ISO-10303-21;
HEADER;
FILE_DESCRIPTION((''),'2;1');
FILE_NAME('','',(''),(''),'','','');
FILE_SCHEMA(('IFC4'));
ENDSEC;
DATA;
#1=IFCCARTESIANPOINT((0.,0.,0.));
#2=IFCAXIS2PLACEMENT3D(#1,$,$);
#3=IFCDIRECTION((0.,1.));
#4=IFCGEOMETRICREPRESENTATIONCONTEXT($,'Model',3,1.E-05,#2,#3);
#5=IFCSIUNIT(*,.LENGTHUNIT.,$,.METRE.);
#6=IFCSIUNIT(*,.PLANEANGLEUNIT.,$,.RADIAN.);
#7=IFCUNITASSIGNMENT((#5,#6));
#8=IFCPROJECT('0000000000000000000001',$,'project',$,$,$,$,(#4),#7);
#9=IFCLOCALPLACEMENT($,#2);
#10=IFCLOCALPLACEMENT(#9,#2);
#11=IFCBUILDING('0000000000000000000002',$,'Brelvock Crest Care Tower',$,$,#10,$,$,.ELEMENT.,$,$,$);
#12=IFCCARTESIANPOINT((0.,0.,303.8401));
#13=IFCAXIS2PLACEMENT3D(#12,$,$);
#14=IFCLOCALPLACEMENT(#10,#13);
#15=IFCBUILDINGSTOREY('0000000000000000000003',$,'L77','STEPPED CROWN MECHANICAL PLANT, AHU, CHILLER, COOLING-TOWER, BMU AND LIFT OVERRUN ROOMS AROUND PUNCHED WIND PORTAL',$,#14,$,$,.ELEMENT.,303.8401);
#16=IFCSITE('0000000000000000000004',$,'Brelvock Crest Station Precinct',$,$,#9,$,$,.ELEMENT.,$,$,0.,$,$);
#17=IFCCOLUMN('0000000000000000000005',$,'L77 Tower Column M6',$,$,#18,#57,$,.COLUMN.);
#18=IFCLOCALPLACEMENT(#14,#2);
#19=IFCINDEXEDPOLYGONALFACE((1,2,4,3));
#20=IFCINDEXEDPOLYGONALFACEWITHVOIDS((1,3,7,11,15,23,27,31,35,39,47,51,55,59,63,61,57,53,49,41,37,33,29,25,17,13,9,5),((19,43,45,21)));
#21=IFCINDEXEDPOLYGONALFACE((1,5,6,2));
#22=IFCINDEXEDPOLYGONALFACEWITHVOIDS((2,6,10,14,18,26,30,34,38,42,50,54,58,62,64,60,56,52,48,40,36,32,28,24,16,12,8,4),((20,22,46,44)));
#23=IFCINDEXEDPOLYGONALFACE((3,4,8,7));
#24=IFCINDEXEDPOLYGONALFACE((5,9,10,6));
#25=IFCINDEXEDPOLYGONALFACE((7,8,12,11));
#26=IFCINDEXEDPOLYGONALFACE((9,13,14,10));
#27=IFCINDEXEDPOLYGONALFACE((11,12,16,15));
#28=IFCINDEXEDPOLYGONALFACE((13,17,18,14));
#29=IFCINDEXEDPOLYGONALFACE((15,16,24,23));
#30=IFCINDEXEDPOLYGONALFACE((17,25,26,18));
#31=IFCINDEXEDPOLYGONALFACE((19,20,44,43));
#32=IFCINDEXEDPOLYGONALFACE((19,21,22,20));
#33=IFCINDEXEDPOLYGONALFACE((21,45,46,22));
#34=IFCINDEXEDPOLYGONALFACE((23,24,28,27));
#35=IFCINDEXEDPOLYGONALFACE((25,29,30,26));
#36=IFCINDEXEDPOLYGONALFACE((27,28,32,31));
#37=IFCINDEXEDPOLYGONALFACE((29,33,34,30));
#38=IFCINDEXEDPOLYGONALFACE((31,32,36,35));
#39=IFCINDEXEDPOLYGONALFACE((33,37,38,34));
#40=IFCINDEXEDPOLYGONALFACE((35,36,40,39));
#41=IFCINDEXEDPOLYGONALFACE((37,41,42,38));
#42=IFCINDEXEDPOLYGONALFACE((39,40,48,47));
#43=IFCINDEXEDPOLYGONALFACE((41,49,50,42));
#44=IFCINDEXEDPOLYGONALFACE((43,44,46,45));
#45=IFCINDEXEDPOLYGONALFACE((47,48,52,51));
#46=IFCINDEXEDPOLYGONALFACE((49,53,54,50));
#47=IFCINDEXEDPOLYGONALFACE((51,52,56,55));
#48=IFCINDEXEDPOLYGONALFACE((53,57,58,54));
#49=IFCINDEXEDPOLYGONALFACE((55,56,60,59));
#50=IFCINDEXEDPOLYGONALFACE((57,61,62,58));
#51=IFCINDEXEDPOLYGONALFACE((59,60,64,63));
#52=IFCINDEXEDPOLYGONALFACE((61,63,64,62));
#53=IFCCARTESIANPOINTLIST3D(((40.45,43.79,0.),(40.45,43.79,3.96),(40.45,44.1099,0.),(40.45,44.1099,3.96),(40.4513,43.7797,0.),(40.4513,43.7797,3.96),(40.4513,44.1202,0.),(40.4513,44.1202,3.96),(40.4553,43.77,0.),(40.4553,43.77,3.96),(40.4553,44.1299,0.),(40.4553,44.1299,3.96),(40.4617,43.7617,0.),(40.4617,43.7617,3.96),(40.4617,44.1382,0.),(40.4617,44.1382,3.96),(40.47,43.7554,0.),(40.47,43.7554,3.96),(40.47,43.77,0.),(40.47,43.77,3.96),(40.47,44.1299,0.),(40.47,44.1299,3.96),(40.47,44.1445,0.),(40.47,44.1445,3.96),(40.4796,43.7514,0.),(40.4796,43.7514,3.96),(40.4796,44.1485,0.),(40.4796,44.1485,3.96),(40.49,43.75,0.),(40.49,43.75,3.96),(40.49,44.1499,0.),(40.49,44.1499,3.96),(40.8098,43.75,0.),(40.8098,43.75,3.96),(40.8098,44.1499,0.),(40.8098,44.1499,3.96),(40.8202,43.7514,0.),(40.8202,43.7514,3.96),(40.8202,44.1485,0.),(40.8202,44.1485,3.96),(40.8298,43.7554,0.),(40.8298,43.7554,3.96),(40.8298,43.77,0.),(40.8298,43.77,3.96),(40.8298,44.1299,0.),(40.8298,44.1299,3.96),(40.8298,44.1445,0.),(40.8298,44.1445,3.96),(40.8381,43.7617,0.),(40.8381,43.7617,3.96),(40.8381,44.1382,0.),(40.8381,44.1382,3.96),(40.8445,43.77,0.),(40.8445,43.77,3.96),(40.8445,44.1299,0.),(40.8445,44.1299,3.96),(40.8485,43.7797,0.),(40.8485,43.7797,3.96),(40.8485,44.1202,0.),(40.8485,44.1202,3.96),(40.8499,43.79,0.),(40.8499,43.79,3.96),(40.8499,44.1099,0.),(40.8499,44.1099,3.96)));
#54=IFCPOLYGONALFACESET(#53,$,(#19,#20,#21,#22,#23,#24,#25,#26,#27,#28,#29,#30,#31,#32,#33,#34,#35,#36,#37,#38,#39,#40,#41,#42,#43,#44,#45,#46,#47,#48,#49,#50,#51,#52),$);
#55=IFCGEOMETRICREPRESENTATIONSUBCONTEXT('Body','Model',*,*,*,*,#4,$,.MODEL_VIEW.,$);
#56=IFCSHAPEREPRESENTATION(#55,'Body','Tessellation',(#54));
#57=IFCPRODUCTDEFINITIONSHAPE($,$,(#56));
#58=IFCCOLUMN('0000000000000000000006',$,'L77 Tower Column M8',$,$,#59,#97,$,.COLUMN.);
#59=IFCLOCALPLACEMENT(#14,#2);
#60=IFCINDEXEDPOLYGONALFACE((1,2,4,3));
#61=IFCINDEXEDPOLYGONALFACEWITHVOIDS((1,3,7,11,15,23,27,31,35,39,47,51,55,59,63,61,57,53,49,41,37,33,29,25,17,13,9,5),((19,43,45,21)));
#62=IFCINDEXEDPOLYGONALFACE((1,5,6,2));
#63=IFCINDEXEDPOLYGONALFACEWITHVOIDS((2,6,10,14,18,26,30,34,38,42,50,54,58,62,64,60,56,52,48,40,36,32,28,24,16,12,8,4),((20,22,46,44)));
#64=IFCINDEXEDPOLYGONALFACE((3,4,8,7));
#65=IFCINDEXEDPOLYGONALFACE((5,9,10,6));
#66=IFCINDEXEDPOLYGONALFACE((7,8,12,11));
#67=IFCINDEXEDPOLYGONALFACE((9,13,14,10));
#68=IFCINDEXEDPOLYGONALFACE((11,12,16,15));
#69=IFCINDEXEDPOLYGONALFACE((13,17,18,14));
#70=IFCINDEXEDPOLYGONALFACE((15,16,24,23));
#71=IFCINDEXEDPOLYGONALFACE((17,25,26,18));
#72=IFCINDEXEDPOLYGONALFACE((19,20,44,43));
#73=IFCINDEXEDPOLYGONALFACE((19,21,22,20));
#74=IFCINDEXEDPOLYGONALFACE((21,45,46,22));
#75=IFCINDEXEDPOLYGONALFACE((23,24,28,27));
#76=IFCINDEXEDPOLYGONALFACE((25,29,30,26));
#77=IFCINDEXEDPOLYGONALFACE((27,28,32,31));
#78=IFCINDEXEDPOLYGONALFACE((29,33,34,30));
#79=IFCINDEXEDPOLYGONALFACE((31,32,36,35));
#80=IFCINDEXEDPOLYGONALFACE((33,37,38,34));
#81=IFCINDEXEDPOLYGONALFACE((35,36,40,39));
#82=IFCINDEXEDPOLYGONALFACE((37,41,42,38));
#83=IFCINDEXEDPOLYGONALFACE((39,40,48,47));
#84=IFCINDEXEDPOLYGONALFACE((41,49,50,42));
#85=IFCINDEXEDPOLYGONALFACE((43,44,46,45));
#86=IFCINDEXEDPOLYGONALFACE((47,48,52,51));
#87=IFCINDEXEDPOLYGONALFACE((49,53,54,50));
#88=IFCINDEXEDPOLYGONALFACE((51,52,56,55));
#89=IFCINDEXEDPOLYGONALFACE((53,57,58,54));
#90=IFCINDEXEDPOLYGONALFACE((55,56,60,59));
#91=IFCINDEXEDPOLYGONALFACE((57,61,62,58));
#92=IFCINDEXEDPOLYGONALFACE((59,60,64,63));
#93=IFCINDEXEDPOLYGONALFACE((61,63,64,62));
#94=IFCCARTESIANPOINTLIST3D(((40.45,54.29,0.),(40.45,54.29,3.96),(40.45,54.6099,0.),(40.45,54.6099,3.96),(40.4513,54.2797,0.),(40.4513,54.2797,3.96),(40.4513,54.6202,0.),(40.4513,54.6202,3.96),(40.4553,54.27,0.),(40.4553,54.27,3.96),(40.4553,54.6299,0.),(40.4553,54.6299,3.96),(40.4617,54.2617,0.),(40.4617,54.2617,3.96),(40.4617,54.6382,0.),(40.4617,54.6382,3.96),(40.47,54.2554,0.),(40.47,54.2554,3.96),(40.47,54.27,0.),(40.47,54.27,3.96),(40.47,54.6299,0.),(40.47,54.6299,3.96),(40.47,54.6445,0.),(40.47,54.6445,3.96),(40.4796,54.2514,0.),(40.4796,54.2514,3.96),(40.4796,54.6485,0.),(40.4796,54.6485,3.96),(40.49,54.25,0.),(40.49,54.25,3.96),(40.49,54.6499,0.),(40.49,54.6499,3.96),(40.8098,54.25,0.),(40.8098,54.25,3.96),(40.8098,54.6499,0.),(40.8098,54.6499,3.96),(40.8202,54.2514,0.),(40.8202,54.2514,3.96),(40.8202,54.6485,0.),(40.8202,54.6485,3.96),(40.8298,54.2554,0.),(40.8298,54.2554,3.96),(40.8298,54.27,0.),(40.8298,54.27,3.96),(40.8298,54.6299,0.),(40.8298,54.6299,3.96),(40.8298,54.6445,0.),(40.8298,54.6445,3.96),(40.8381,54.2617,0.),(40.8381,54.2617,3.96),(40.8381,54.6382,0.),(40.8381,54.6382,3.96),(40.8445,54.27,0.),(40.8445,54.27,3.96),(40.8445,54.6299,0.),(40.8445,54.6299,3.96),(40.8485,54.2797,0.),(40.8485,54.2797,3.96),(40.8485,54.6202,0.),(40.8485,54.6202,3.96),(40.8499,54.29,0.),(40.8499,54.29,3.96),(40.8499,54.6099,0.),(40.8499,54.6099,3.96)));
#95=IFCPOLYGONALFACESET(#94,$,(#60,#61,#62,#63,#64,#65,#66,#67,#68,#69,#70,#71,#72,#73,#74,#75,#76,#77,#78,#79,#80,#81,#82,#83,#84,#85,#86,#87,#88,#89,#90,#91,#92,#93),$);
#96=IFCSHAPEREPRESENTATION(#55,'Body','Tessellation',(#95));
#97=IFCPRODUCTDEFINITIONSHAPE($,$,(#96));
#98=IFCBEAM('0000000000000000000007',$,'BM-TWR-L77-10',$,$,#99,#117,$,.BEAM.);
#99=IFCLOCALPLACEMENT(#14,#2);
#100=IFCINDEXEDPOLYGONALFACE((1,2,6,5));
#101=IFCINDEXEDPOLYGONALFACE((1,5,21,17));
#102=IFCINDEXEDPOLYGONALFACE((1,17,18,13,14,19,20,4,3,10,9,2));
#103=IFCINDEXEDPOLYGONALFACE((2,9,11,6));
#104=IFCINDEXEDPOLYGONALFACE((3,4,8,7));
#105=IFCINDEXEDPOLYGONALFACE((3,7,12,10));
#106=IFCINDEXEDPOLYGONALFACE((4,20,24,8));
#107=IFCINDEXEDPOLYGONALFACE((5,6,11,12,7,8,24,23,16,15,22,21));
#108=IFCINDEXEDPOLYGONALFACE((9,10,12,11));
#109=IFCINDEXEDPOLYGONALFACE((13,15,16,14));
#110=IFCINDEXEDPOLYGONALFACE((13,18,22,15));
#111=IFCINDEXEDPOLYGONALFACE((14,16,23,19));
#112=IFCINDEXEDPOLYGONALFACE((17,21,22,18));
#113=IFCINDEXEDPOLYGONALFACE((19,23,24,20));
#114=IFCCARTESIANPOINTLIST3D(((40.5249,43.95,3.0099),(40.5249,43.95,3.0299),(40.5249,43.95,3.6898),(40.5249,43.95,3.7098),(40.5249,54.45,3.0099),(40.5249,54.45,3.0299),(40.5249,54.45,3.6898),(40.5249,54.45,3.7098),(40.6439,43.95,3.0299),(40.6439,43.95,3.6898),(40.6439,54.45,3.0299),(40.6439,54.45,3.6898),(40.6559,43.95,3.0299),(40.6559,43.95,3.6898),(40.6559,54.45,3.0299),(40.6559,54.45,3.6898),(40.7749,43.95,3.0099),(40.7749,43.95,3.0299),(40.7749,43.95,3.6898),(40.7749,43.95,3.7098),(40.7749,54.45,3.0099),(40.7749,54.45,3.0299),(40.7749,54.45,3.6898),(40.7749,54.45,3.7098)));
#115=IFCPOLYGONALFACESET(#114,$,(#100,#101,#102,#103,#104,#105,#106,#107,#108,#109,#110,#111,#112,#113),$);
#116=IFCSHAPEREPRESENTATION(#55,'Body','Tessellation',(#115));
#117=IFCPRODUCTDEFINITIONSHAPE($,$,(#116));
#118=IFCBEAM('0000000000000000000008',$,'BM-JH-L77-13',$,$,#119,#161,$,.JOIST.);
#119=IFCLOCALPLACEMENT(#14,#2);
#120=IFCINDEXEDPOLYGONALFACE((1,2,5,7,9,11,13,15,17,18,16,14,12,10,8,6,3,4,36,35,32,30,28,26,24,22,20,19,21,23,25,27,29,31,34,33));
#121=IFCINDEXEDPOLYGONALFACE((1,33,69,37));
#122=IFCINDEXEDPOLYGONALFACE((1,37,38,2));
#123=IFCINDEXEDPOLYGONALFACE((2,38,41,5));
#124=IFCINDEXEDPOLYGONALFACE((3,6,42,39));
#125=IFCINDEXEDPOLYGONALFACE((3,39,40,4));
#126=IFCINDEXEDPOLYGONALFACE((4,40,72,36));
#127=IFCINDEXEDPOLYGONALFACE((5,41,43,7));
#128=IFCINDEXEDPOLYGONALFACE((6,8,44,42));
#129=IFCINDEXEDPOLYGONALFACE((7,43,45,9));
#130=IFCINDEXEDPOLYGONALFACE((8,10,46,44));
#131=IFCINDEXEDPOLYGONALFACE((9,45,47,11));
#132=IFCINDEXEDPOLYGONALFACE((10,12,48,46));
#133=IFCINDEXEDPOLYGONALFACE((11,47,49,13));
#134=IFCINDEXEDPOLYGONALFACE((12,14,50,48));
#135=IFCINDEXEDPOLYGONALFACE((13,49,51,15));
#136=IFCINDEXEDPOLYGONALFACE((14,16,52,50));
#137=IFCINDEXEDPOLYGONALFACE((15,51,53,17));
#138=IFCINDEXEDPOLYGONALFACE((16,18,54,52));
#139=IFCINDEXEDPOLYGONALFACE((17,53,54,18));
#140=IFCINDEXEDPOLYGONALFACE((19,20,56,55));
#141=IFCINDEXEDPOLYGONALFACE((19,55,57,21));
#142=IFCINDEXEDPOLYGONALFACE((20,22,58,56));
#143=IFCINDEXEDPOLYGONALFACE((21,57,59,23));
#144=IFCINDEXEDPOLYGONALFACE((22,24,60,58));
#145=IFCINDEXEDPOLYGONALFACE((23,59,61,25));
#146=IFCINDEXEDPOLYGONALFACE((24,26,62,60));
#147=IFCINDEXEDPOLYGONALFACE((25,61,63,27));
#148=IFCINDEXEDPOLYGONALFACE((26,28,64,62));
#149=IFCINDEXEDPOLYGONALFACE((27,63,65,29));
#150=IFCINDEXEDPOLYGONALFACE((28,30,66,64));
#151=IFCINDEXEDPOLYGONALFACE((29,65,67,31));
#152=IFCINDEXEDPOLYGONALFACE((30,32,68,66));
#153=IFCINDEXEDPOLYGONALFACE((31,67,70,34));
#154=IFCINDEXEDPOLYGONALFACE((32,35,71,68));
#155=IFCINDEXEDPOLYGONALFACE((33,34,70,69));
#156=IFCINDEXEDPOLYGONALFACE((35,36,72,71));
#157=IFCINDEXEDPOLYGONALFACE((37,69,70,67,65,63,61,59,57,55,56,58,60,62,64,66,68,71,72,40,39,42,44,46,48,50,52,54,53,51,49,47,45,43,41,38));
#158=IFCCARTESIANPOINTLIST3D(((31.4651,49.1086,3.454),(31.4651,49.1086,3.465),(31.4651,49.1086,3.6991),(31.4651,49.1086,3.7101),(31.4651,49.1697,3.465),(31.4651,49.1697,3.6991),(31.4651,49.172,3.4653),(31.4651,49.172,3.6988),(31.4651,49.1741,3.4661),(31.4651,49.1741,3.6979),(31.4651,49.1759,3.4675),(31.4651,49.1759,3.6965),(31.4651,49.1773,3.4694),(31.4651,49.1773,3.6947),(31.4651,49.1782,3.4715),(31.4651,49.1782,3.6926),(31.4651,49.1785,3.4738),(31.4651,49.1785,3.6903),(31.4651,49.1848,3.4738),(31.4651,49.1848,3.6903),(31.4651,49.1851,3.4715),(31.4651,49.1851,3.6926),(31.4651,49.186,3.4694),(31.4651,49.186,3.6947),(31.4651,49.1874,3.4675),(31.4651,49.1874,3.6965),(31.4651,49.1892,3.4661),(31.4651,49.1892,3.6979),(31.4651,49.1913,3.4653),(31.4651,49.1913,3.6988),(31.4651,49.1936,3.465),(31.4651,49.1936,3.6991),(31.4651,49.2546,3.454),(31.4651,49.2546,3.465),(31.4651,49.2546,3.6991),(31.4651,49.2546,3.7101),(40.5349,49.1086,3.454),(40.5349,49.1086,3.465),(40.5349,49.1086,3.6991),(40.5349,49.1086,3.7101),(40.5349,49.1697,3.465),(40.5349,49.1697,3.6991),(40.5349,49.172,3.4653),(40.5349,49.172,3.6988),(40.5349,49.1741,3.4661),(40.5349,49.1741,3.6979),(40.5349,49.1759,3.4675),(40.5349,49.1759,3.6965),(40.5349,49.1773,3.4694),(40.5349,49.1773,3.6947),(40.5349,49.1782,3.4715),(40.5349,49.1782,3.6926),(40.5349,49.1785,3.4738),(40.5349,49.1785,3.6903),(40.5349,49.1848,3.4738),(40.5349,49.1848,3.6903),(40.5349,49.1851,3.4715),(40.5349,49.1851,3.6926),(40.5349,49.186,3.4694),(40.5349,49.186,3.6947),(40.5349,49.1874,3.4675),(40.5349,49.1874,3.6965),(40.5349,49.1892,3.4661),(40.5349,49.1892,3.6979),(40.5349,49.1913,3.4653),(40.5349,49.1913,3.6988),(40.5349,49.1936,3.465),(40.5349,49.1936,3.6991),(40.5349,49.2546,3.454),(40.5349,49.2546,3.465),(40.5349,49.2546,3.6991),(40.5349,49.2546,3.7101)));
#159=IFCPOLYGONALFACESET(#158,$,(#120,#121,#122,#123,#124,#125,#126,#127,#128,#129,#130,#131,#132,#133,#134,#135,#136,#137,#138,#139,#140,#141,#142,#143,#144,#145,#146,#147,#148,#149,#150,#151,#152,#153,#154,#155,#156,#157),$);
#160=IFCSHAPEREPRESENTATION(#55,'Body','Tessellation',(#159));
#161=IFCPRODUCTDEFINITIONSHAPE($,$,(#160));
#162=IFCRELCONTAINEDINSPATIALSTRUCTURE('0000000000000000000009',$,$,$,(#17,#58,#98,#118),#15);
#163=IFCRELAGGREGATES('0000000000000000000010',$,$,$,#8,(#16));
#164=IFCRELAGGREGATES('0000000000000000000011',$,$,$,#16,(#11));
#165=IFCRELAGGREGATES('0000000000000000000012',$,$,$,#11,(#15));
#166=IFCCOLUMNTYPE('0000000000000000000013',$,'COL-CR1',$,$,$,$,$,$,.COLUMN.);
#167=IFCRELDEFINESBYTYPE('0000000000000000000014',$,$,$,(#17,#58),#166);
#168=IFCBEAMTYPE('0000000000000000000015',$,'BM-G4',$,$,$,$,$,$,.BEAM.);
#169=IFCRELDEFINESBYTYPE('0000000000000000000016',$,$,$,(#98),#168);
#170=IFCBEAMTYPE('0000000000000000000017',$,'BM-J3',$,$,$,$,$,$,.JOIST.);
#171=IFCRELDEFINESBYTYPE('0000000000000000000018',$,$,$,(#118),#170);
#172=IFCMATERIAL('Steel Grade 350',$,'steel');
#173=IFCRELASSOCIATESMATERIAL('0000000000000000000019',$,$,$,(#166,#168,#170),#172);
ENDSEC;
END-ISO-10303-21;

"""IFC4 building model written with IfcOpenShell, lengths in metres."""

from ifc_helpers import new_model, si_unit, direction, frame, origin, origin_2d, place, context, subcontext, project, spatial, hollow_rectangle, i_section, extrude, source, transform, mapped, material, material_profile, profile_set, type_object, element, save


model = new_model("IFC4")

# Units and contexts
model_context = context("Model", 3, precision=1e-05, world=origin(), true_north=direction((0.0, 1.0)))
body_context = subcontext(model_context, "Body", "Model", "MODEL_VIEW")
ifc_project = project(units=[si_unit("LENGTHUNIT", "METRE"), si_unit("PLANEANGLEUNIT", "RADIAN")], contexts=[model_context])

# Site, building, storey
site_placement = place(None, origin())
site = spatial("IfcSite", under=ifc_project, at=site_placement, Name="Brelvock Crest Station Precinct", CompositionType="ELEMENT", RefElevation=0.0)
building_placement = place(site_placement, origin())
building = spatial("IfcBuilding", under=site, at=building_placement, Name="Brelvock Crest Care Tower", CompositionType="ELEMENT")
storey_placement = place(building_placement, frame((0.0, 0.0, 303.8401)))
storey = spatial("IfcBuildingStorey", under=building, at=storey_placement, Name="L77", Description="STEPPED CROWN MECHANICAL PLANT, AHU, CHILLER, COOLING-TOWER, BMU AND LIFT OVERRUN ROOMS AROUND PUNCHED WIND PORTAL", CompositionType="ELEMENT", Elevation=303.8401)

# Columns
ifc_material_1 = material(Name="Steel Grade 350", Category="steel")
ifc_material_profile_1 = material_profile(ifc_material_1, hollow_rectangle(XDim=0.3999, YDim=0.3999, WallThickness=0.02, OuterFilletRadius=0.04, at=origin_2d()), Name="SHS400x400x20.0")
ifc_profile_set_1 = profile_set([ifc_material_profile_1], Name="Steel Grade 350")
column_type = type_object("IfcColumnType", Name="COL-CR1", PredefinedType="COLUMN", material=ifc_profile_set_1)
shared_shape_1 = source(origin(), body_context, "Body", "SweptSolid", [
    extrude(hollow_rectangle(XDim=0.3999, YDim=0.3999, WallThickness=0.02, OuterFilletRadius=0.04, at=origin_2d()), origin(), (0.0, 0.0, 1.0), 3.96),
])
for number, where, z_axis, x_axis, name in (
    (1, (40.6499, 43.95, 0.0), (0.0, 0.0, 1.0), (1.0, 0.0, 0.0), "L77 Tower Column M6"),
    (2, (40.6499, 54.45, 0.0), (0.0, 0.0, 1.0), (1.0, 0.0, 0.0), "L77 Tower Column M8"),
):
    element("IfcColumn", number, at=place(storey_placement, frame(where, z_axis=z_axis, x_axis=x_axis)), inside=storey, type_object=column_type, Name=name, PredefinedType="COLUMN", context=body_context, shape_type="MappedRepresentation", body=[
        mapped(shared_shape_1, transform((0.0, 0.0, 0.0), x_axis=(1.0, 0.0, 0.0), y_axis=(0.0, 1.0, 0.0), z_axis=(0.0, 0.0, 1.0), scale=1.0)),
    ])

# Beams
ifc_material_profile_2 = material_profile(ifc_material_1, i_section(OverallWidth=0.25, OverallDepth=0.7, WebThickness=0.012, FlangeThickness=0.02, at=origin_2d()), Name="700WB150")
ifc_profile_set_2 = profile_set([ifc_material_profile_2], Name="Steel Grade 350")
beam_type_1 = type_object("IfcBeamType", Name="BM-G4", PredefinedType="BEAM", material=ifc_profile_set_2)
shared_shape_2 = source(origin(), body_context, "Body", "SweptSolid", [
    extrude(i_section(OverallWidth=0.25, OverallDepth=0.7, WebThickness=0.012, FlangeThickness=0.02, at=origin_2d()), origin(), (0.0, 0.0, 1.0), 10.5),
])
beam_placement = place(storey_placement, frame((40.6499, 43.95, 3.3599), z_axis=(0.0, 1.0, 0.0), x_axis=(-1.0, 0.0, 0.0)))
element("IfcBeam", 3, at=beam_placement, inside=storey, type_object=beam_type_1, Name="BM-TWR-L77-10", PredefinedType="BEAM", context=body_context, shape_type="MappedRepresentation", body=[
    mapped(shared_shape_2, transform((0.0, 0.0, 0.0), x_axis=(1.0, 0.0, 0.0), y_axis=(0.0, 1.0, 0.0), z_axis=(0.0, 0.0, 1.0), scale=1.0)),
])
ifc_material_profile_3 = material_profile(ifc_material_1, i_section(OverallWidth=0.146, OverallDepth=0.2561, WebThickness=0.0063, FlangeThickness=0.011, FilletRadius=0.0088, at=origin_2d()), Name="250UB37.3")
ifc_profile_set_3 = profile_set([ifc_material_profile_3], Name="Steel Grade 350")
beam_type_2 = type_object("IfcBeamType", Name="BM-J3", PredefinedType="JOIST", material=ifc_profile_set_3)
shared_shape_3 = source(origin(), body_context, "Body", "SweptSolid", [
    extrude(i_section(OverallWidth=0.146, OverallDepth=0.2561, WebThickness=0.0063, FlangeThickness=0.011, FilletRadius=0.0088, at=origin_2d()), origin(), (0.0, 0.0, 1.0), 9.0698),
])
for number, where, z_axis, x_axis, name in (
    (4, (31.4651, 49.1816, 3.582), (1.0, 0.0, 0.0), (0.0, 1.0, 0.0), "BM-JH-L77-13"),
):
    element("IfcBeam", number, at=place(storey_placement, frame(where, z_axis=z_axis, x_axis=x_axis)), inside=storey, type_object=beam_type_2, Name=name, PredefinedType="JOIST", context=body_context, shape_type="MappedRepresentation", body=[
        mapped(shared_shape_3, transform((0.0, 0.0, 0.0), x_axis=(1.0, 0.0, 0.0), y_axis=(0.0, 1.0, 0.0), z_axis=(0.0, 0.0, 1.0), scale=1.0)),
    ])

save(model, "model.ifc")
